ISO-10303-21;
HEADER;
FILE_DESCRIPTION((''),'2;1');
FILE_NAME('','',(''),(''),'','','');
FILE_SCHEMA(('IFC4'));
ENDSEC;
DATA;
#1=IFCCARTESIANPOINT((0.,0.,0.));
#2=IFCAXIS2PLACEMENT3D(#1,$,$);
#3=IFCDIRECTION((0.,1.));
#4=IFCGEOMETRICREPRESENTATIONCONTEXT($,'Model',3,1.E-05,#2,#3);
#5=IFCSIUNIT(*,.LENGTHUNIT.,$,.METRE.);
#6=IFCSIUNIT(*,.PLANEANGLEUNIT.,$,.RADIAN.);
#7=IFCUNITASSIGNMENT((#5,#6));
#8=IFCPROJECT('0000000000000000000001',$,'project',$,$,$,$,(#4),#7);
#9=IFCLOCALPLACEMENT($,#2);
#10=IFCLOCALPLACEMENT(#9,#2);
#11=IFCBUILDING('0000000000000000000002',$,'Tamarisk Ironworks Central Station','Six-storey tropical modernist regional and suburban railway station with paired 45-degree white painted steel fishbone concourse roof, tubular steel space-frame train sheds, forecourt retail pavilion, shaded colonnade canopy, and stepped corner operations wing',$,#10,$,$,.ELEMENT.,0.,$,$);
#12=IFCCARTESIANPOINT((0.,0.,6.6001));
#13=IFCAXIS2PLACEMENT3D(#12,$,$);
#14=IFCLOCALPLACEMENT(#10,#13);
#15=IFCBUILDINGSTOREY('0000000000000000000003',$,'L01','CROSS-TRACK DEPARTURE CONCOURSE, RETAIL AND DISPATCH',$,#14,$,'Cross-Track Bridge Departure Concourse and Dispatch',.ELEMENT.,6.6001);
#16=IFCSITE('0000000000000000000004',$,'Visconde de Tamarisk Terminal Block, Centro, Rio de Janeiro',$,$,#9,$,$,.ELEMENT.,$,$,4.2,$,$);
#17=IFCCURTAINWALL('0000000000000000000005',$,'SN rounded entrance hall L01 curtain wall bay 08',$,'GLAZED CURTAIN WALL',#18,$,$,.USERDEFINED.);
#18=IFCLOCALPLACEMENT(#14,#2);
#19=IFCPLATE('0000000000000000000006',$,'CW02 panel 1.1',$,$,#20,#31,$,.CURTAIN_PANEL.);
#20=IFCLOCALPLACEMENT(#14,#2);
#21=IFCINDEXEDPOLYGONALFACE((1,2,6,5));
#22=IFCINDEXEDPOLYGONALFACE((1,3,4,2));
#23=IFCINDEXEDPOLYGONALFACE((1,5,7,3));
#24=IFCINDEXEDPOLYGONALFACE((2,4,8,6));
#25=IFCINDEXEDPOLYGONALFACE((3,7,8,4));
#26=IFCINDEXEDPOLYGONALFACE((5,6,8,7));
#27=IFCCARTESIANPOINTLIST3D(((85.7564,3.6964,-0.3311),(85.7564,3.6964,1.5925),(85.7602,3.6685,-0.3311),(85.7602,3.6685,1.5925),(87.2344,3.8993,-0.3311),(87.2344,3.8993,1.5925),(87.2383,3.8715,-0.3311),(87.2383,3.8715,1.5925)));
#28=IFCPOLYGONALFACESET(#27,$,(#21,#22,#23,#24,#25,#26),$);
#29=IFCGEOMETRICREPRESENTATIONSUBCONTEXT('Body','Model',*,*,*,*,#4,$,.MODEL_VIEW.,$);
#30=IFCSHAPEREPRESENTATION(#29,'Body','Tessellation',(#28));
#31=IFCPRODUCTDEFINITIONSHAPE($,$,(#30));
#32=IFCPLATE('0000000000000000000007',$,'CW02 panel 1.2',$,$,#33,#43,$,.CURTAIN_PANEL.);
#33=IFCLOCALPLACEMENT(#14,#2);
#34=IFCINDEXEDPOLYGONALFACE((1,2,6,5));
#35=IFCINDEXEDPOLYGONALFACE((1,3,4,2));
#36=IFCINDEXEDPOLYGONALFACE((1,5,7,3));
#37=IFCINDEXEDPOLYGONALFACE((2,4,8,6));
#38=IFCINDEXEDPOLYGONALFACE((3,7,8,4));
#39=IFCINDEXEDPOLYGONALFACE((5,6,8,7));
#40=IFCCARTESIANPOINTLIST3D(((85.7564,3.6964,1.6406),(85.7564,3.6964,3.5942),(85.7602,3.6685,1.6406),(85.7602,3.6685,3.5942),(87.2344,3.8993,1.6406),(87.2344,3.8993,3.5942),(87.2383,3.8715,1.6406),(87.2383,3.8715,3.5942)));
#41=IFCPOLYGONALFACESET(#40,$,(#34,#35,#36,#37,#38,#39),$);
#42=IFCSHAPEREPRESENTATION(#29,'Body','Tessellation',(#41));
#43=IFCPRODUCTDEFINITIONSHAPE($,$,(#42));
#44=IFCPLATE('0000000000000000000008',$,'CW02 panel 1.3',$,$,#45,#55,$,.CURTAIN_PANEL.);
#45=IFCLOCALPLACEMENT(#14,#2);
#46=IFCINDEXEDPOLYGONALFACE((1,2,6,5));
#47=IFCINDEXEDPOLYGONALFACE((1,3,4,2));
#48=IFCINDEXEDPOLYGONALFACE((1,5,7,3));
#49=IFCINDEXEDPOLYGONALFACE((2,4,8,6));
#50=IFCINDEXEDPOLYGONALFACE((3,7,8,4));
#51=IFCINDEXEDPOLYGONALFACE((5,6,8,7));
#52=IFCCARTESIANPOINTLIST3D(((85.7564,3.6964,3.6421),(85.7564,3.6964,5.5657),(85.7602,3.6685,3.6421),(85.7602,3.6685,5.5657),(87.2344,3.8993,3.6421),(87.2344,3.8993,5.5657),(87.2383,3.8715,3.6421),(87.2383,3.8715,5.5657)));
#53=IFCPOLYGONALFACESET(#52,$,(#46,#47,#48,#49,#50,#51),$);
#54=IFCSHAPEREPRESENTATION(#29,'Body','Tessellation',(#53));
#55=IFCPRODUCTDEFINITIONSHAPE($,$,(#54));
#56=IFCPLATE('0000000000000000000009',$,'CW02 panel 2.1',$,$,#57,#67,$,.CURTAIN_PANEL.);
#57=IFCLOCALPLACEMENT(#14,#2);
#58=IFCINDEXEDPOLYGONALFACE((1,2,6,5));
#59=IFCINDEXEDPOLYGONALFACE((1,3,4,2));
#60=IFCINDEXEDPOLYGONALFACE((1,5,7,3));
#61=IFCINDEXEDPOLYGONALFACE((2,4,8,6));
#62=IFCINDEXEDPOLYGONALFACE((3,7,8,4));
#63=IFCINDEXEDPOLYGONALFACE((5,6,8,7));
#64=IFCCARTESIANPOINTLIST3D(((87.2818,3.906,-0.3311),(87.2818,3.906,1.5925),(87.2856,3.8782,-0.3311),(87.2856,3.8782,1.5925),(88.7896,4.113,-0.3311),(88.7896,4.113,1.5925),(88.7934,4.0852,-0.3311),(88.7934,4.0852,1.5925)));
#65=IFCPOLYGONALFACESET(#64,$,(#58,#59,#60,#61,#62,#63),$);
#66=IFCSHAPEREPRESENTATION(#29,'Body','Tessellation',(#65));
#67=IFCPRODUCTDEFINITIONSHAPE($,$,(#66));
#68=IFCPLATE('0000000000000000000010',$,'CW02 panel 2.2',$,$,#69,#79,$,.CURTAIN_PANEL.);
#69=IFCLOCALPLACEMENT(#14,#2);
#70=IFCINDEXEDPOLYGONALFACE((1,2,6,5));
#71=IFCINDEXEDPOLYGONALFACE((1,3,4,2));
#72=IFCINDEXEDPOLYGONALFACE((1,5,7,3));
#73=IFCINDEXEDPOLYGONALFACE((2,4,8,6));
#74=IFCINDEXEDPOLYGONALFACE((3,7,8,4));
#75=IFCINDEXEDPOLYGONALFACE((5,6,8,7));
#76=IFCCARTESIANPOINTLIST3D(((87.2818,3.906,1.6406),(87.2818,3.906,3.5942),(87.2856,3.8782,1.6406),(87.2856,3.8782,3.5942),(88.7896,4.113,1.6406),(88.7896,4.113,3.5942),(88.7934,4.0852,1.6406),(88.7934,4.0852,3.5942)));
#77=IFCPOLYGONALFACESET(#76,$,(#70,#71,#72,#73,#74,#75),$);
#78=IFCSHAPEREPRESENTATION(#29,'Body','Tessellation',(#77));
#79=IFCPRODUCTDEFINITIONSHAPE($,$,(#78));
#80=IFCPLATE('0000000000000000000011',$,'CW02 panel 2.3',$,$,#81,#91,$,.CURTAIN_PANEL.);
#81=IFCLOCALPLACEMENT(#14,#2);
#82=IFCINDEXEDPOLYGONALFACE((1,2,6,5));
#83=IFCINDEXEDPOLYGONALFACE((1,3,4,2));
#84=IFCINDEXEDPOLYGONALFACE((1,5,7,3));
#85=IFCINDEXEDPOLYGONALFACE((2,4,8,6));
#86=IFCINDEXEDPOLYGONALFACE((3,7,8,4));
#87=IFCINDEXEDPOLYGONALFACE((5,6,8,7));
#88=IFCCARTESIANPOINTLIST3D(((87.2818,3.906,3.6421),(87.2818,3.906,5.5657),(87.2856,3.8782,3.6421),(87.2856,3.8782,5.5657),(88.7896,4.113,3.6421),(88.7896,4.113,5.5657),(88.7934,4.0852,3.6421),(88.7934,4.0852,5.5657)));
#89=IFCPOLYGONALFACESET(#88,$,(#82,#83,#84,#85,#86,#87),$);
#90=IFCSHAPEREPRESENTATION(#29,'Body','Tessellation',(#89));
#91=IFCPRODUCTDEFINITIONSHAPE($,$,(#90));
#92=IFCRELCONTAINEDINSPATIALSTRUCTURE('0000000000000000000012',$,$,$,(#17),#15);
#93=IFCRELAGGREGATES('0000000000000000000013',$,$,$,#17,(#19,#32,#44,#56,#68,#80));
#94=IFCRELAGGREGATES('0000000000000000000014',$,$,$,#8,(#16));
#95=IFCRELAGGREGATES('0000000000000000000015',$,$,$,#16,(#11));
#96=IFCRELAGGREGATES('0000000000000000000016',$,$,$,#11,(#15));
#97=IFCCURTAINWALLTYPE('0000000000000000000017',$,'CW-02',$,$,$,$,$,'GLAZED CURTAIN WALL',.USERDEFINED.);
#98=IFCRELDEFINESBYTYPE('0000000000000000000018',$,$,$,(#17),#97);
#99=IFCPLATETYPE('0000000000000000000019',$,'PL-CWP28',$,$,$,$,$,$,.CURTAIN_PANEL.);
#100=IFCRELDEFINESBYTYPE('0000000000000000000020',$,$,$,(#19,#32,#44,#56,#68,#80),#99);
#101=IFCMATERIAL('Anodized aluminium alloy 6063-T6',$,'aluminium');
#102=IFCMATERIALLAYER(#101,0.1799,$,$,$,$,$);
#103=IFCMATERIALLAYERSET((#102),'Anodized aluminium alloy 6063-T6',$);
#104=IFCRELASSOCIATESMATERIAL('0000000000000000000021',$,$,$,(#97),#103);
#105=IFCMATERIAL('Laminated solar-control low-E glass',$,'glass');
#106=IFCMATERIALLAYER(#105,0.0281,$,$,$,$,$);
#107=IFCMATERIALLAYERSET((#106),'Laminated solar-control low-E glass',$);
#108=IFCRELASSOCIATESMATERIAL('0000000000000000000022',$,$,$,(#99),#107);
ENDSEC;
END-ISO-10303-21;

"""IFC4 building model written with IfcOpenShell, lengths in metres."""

from ifc_helpers import new_model, si_unit, direction, frame, origin, origin_2d, place, context, subcontext, project, spatial, rectangle, extrude, material, layer, layer_set, type_object, element, aggregate, save


model = new_model("IFC4")

# Units and contexts
model_context = context("Model", 3, precision=1e-05, world=origin(), true_north=direction((0.0, 1.0)))
body_context = subcontext(model_context, "Body", "Model", "MODEL_VIEW")
ifc_project = project(units=[si_unit("LENGTHUNIT", "METRE"), si_unit("PLANEANGLEUNIT", "RADIAN")], contexts=[model_context])

# Site, building, storey
site_placement = place(None, origin())
site = spatial("IfcSite", under=ifc_project, at=site_placement, Name="Visconde de Tamarisk Terminal Block, Centro, Rio de Janeiro", CompositionType="ELEMENT", RefElevation=4.2)
building_placement = place(site_placement, origin())
building = spatial("IfcBuilding", under=site, at=building_placement, Name="Tamarisk Ironworks Central Station", Description="Six-storey tropical modernist regional and suburban railway station with paired 45-degree white painted steel fishbone concourse roof, tubular steel space-frame train sheds, forecourt retail pavilion, shaded colonnade canopy, and stepped corner operations wing", CompositionType="ELEMENT", ElevationOfRefHeight=0.0)
storey_placement = place(building_placement, frame((0.0, 0.0, 6.6001)))
storey = spatial("IfcBuildingStorey", under=building, at=storey_placement, Name="L01", Description="CROSS-TRACK DEPARTURE CONCOURSE, RETAIL AND DISPATCH", LongName="Cross-Track Bridge Departure Concourse and Dispatch", CompositionType="ELEMENT", Elevation=6.6001)

# Shared definitions
ifc_material_1 = material(Name="Anodized aluminium alloy 6063-T6", Category="aluminium")
ifc_layer_1 = layer(ifc_material_1, 0.1799)
ifc_layer_set_1 = layer_set([ifc_layer_1], Name="Anodized aluminium alloy 6063-T6")
curtain_wall_type = type_object("IfcCurtainWallType", Name="CW-02", ElementType="GLAZED CURTAIN WALL", PredefinedType="USERDEFINED", material=ifc_layer_set_1)

# Curtain wall, plates
curtain_wall_1_placement = place(storey_placement, origin())
curtain_wall_1 = element("IfcCurtainWall", 1, at=curtain_wall_1_placement, inside=storey, type_object=curtain_wall_type, Name="SN rounded entrance hall L01 curtain wall bay 08", ObjectType="GLAZED CURTAIN WALL", PredefinedType="USERDEFINED")
ifc_material_2 = material(Name="Laminated solar-control low-E glass", Category="glass")
ifc_layer_2 = layer(ifc_material_2, 0.0281)
ifc_layer_set_2 = layer_set([ifc_layer_2], Name="Laminated solar-control low-E glass")
plate_type = type_object("IfcPlateType", Name="PL-CWP28", PredefinedType="CURTAIN_PANEL", material=ifc_layer_set_2)
plate_1_placement = place(storey_placement, frame((86.4973, 3.7839, -0.3311), z_axis=(0.0, 0.0, 1.0), x_axis=(0.990703, 0.136042, 0.0)))
plate_1 = element("IfcPlate", 2, at=plate_1_placement, type_object=plate_type, Name="CW02 panel 1.1", PredefinedType="CURTAIN_PANEL", context=body_context, shape_type="SweptSolid", body=[
    extrude(rectangle(XDim=1.4919, YDim=0.0281, at=origin_2d()), origin(), (0.0, 0.0, 1.0), 1.9236),
])
plate_2_placement = place(storey_placement, frame((86.4973, 3.7839, 1.6406), z_axis=(0.0, 0.0, 1.0), x_axis=(0.990703, 0.136042, 0.0)))
plate_2 = element("IfcPlate", 3, at=plate_2_placement, type_object=plate_type, Name="CW02 panel 1.2", PredefinedType="CURTAIN_PANEL", context=body_context, shape_type="SweptSolid", body=[
    extrude(rectangle(XDim=1.4919, YDim=0.0281, at=origin_2d()), origin(), (0.0, 0.0, 1.0), 1.9536),
])
plate_3_placement = place(storey_placement, frame((86.4973, 3.7839, 3.6421), z_axis=(0.0, 0.0, 1.0), x_axis=(0.990703, 0.136042, 0.0)))
plate_3 = element("IfcPlate", 4, at=plate_3_placement, type_object=plate_type, Name="CW02 panel 1.3", PredefinedType="CURTAIN_PANEL", context=body_context, shape_type="SweptSolid", body=[
    extrude(rectangle(XDim=1.4919, YDim=0.0281, at=origin_2d()), origin(), (0.0, 0.0, 1.0), 1.9236),
])
plate_4_placement = place(storey_placement, frame((88.0376, 3.9956, -0.3311), z_axis=(0.0, 0.0, 1.0), x_axis=(0.990703, 0.136042, 0.0)))
plate_4 = element("IfcPlate", 5, at=plate_4_placement, type_object=plate_type, Name="CW02 panel 2.1", PredefinedType="CURTAIN_PANEL", context=body_context, shape_type="SweptSolid", body=[
    extrude(rectangle(XDim=1.522, YDim=0.0281, at=origin_2d()), origin(), (0.0, 0.0, 1.0), 1.9236),
])
plate_5_placement = place(storey_placement, frame((88.0376, 3.9956, 1.6406), z_axis=(0.0, 0.0, 1.0), x_axis=(0.990703, 0.136042, 0.0)))
plate_5 = element("IfcPlate", 6, at=plate_5_placement, type_object=plate_type, Name="CW02 panel 2.2", PredefinedType="CURTAIN_PANEL", context=body_context, shape_type="SweptSolid", body=[
    extrude(rectangle(XDim=1.522, YDim=0.0281, at=origin_2d()), origin(), (0.0, 0.0, 1.0), 1.9536),
])
plate_6_placement = place(storey_placement, frame((88.0376, 3.9956, 3.6421), z_axis=(0.0, 0.0, 1.0), x_axis=(0.990703, 0.136042, 0.0)))
plate_6 = element("IfcPlate", 7, at=plate_6_placement, type_object=plate_type, Name="CW02 panel 2.3", PredefinedType="CURTAIN_PANEL", context=body_context, shape_type="SweptSolid", body=[
    extrude(rectangle(XDim=1.522, YDim=0.0281, at=origin_2d()), origin(), (0.0, 0.0, 1.0), 1.9236),
])
aggregate(curtain_wall_1, [plate_1, plate_2, plate_3, plate_4, plate_5, plate_6])

save(model, "model.ifc")
